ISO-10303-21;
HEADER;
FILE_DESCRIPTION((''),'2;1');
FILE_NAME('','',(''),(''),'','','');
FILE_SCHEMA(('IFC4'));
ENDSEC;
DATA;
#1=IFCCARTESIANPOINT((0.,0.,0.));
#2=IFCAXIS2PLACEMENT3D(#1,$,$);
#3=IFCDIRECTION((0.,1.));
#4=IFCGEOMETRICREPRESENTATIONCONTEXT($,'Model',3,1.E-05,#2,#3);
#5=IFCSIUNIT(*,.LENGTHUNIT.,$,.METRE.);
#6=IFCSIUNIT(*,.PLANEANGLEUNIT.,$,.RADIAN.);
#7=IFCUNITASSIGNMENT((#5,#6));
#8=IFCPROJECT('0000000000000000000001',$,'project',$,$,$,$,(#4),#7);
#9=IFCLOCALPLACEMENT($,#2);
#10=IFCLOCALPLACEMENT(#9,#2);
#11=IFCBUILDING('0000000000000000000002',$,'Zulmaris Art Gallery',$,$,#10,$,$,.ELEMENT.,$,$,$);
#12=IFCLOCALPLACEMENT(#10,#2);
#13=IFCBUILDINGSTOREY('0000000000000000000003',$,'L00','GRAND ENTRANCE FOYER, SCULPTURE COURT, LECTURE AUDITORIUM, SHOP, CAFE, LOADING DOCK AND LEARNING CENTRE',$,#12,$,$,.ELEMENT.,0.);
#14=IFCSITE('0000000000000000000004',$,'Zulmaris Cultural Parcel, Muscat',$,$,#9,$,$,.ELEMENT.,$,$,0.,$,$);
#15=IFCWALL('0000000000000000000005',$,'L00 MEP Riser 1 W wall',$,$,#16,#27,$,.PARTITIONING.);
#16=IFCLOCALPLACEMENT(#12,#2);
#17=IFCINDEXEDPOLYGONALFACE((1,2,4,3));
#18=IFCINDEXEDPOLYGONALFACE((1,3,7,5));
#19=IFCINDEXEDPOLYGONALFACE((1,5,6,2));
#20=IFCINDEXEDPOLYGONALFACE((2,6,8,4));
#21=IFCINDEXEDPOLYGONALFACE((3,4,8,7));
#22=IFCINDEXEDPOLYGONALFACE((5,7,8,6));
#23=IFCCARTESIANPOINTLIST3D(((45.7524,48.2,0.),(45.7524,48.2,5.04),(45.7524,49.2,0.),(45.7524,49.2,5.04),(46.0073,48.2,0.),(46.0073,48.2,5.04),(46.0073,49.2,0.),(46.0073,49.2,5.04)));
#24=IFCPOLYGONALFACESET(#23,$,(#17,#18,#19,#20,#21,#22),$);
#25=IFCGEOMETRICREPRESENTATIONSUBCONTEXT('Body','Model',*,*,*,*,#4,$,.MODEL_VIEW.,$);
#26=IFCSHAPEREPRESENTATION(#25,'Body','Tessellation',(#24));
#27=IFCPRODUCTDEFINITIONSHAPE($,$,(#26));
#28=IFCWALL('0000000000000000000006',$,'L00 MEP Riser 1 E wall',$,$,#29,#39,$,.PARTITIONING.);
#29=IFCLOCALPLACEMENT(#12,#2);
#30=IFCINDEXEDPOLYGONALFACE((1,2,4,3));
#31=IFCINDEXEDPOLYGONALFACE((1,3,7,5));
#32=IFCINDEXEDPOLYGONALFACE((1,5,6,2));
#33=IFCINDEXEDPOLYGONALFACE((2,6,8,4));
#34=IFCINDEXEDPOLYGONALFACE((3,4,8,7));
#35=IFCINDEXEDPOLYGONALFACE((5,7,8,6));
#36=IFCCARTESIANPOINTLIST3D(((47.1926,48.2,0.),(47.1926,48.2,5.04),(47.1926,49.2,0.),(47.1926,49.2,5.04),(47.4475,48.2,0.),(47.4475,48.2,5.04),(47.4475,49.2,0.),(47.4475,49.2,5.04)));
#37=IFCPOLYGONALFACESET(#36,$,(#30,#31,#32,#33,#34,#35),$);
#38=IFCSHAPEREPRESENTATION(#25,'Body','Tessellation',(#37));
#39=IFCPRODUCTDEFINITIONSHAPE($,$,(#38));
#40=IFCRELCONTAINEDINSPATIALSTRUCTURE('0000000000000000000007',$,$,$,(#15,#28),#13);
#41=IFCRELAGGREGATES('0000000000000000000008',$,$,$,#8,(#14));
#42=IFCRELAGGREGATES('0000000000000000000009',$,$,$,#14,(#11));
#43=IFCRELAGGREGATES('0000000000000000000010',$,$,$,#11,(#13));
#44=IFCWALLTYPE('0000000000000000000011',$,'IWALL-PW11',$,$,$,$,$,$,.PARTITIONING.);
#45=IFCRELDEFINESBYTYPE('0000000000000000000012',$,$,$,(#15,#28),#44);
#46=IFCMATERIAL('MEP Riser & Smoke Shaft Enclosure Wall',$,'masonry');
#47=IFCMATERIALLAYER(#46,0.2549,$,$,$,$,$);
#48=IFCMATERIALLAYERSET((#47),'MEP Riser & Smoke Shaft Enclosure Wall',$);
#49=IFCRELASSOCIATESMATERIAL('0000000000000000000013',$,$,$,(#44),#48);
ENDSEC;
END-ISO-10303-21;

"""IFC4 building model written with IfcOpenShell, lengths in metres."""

from ifc_helpers import new_model, si_unit, direction, frame, frame_2d, origin, place, context, subcontext, project, spatial, rectangle, extrude, material, layer, layer_set, type_object, element, save


model = new_model("IFC4")

# Units and contexts
model_context = context("Model", 3, precision=1e-05, world=origin(), true_north=direction((0.0, 1.0)))
body_context = subcontext(model_context, "Body", "Model", "MODEL_VIEW")
ifc_project = project(units=[si_unit("LENGTHUNIT", "METRE"), si_unit("PLANEANGLEUNIT", "RADIAN")], contexts=[model_context])

# Site, building, storey
site_placement = place(None, origin())
site = spatial("IfcSite", under=ifc_project, at=site_placement, Name="Zulmaris Cultural Parcel, Muscat", CompositionType="ELEMENT", RefElevation=0.0)
building_placement = place(site_placement, origin())
building = spatial("IfcBuilding", under=site, at=building_placement, Name="Zulmaris Art Gallery", CompositionType="ELEMENT")
storey_placement = place(building_placement, origin())
storey = spatial("IfcBuildingStorey", under=building, at=storey_placement, Name="L00", Description="GRAND ENTRANCE FOYER, SCULPTURE COURT, LECTURE AUDITORIUM, SHOP, CAFE, LOADING DOCK AND LEARNING CENTRE", CompositionType="ELEMENT", Elevation=0.0)

# Walls
ifc_material_1 = material(Name="MEP Riser & Smoke Shaft Enclosure Wall", Category="masonry")
ifc_layer_1 = layer(ifc_material_1, 0.2549)
ifc_layer_set_1 = layer_set([ifc_layer_1], Name="MEP Riser & Smoke Shaft Enclosure Wall")
wall_type_1 = type_object("IfcWallType", Name="IWALL-PW11", PredefinedType="PARTITIONING", material=ifc_layer_set_1)
for number, where, z_axis, x_axis, name in (
    (1, (45.8799, 48.2, 0.0), (0.0, 0.0, 1.0), (0.0, 1.0, 0.0), "L00 MEP Riser 1 W wall"),
    (2, (47.3201, 48.2, 0.0), (0.0, 0.0, 1.0), (0.0, 1.0, 0.0), "L00 MEP Riser 1 E wall"),
):
    element("IfcWall", number, at=place(storey_placement, frame(where, z_axis=z_axis, x_axis=x_axis)), inside=storey, type_object=wall_type_1, Name=name, PredefinedType="PARTITIONING", context=body_context, shape_type="SweptSolid", body=[
        extrude(rectangle(XDim=1.0, YDim=0.2549, at=frame_2d((0.5, 0.0))), origin(), (0.0, 0.0, 1.0), 5.04),
    ])

save(model, "model.ifc")
